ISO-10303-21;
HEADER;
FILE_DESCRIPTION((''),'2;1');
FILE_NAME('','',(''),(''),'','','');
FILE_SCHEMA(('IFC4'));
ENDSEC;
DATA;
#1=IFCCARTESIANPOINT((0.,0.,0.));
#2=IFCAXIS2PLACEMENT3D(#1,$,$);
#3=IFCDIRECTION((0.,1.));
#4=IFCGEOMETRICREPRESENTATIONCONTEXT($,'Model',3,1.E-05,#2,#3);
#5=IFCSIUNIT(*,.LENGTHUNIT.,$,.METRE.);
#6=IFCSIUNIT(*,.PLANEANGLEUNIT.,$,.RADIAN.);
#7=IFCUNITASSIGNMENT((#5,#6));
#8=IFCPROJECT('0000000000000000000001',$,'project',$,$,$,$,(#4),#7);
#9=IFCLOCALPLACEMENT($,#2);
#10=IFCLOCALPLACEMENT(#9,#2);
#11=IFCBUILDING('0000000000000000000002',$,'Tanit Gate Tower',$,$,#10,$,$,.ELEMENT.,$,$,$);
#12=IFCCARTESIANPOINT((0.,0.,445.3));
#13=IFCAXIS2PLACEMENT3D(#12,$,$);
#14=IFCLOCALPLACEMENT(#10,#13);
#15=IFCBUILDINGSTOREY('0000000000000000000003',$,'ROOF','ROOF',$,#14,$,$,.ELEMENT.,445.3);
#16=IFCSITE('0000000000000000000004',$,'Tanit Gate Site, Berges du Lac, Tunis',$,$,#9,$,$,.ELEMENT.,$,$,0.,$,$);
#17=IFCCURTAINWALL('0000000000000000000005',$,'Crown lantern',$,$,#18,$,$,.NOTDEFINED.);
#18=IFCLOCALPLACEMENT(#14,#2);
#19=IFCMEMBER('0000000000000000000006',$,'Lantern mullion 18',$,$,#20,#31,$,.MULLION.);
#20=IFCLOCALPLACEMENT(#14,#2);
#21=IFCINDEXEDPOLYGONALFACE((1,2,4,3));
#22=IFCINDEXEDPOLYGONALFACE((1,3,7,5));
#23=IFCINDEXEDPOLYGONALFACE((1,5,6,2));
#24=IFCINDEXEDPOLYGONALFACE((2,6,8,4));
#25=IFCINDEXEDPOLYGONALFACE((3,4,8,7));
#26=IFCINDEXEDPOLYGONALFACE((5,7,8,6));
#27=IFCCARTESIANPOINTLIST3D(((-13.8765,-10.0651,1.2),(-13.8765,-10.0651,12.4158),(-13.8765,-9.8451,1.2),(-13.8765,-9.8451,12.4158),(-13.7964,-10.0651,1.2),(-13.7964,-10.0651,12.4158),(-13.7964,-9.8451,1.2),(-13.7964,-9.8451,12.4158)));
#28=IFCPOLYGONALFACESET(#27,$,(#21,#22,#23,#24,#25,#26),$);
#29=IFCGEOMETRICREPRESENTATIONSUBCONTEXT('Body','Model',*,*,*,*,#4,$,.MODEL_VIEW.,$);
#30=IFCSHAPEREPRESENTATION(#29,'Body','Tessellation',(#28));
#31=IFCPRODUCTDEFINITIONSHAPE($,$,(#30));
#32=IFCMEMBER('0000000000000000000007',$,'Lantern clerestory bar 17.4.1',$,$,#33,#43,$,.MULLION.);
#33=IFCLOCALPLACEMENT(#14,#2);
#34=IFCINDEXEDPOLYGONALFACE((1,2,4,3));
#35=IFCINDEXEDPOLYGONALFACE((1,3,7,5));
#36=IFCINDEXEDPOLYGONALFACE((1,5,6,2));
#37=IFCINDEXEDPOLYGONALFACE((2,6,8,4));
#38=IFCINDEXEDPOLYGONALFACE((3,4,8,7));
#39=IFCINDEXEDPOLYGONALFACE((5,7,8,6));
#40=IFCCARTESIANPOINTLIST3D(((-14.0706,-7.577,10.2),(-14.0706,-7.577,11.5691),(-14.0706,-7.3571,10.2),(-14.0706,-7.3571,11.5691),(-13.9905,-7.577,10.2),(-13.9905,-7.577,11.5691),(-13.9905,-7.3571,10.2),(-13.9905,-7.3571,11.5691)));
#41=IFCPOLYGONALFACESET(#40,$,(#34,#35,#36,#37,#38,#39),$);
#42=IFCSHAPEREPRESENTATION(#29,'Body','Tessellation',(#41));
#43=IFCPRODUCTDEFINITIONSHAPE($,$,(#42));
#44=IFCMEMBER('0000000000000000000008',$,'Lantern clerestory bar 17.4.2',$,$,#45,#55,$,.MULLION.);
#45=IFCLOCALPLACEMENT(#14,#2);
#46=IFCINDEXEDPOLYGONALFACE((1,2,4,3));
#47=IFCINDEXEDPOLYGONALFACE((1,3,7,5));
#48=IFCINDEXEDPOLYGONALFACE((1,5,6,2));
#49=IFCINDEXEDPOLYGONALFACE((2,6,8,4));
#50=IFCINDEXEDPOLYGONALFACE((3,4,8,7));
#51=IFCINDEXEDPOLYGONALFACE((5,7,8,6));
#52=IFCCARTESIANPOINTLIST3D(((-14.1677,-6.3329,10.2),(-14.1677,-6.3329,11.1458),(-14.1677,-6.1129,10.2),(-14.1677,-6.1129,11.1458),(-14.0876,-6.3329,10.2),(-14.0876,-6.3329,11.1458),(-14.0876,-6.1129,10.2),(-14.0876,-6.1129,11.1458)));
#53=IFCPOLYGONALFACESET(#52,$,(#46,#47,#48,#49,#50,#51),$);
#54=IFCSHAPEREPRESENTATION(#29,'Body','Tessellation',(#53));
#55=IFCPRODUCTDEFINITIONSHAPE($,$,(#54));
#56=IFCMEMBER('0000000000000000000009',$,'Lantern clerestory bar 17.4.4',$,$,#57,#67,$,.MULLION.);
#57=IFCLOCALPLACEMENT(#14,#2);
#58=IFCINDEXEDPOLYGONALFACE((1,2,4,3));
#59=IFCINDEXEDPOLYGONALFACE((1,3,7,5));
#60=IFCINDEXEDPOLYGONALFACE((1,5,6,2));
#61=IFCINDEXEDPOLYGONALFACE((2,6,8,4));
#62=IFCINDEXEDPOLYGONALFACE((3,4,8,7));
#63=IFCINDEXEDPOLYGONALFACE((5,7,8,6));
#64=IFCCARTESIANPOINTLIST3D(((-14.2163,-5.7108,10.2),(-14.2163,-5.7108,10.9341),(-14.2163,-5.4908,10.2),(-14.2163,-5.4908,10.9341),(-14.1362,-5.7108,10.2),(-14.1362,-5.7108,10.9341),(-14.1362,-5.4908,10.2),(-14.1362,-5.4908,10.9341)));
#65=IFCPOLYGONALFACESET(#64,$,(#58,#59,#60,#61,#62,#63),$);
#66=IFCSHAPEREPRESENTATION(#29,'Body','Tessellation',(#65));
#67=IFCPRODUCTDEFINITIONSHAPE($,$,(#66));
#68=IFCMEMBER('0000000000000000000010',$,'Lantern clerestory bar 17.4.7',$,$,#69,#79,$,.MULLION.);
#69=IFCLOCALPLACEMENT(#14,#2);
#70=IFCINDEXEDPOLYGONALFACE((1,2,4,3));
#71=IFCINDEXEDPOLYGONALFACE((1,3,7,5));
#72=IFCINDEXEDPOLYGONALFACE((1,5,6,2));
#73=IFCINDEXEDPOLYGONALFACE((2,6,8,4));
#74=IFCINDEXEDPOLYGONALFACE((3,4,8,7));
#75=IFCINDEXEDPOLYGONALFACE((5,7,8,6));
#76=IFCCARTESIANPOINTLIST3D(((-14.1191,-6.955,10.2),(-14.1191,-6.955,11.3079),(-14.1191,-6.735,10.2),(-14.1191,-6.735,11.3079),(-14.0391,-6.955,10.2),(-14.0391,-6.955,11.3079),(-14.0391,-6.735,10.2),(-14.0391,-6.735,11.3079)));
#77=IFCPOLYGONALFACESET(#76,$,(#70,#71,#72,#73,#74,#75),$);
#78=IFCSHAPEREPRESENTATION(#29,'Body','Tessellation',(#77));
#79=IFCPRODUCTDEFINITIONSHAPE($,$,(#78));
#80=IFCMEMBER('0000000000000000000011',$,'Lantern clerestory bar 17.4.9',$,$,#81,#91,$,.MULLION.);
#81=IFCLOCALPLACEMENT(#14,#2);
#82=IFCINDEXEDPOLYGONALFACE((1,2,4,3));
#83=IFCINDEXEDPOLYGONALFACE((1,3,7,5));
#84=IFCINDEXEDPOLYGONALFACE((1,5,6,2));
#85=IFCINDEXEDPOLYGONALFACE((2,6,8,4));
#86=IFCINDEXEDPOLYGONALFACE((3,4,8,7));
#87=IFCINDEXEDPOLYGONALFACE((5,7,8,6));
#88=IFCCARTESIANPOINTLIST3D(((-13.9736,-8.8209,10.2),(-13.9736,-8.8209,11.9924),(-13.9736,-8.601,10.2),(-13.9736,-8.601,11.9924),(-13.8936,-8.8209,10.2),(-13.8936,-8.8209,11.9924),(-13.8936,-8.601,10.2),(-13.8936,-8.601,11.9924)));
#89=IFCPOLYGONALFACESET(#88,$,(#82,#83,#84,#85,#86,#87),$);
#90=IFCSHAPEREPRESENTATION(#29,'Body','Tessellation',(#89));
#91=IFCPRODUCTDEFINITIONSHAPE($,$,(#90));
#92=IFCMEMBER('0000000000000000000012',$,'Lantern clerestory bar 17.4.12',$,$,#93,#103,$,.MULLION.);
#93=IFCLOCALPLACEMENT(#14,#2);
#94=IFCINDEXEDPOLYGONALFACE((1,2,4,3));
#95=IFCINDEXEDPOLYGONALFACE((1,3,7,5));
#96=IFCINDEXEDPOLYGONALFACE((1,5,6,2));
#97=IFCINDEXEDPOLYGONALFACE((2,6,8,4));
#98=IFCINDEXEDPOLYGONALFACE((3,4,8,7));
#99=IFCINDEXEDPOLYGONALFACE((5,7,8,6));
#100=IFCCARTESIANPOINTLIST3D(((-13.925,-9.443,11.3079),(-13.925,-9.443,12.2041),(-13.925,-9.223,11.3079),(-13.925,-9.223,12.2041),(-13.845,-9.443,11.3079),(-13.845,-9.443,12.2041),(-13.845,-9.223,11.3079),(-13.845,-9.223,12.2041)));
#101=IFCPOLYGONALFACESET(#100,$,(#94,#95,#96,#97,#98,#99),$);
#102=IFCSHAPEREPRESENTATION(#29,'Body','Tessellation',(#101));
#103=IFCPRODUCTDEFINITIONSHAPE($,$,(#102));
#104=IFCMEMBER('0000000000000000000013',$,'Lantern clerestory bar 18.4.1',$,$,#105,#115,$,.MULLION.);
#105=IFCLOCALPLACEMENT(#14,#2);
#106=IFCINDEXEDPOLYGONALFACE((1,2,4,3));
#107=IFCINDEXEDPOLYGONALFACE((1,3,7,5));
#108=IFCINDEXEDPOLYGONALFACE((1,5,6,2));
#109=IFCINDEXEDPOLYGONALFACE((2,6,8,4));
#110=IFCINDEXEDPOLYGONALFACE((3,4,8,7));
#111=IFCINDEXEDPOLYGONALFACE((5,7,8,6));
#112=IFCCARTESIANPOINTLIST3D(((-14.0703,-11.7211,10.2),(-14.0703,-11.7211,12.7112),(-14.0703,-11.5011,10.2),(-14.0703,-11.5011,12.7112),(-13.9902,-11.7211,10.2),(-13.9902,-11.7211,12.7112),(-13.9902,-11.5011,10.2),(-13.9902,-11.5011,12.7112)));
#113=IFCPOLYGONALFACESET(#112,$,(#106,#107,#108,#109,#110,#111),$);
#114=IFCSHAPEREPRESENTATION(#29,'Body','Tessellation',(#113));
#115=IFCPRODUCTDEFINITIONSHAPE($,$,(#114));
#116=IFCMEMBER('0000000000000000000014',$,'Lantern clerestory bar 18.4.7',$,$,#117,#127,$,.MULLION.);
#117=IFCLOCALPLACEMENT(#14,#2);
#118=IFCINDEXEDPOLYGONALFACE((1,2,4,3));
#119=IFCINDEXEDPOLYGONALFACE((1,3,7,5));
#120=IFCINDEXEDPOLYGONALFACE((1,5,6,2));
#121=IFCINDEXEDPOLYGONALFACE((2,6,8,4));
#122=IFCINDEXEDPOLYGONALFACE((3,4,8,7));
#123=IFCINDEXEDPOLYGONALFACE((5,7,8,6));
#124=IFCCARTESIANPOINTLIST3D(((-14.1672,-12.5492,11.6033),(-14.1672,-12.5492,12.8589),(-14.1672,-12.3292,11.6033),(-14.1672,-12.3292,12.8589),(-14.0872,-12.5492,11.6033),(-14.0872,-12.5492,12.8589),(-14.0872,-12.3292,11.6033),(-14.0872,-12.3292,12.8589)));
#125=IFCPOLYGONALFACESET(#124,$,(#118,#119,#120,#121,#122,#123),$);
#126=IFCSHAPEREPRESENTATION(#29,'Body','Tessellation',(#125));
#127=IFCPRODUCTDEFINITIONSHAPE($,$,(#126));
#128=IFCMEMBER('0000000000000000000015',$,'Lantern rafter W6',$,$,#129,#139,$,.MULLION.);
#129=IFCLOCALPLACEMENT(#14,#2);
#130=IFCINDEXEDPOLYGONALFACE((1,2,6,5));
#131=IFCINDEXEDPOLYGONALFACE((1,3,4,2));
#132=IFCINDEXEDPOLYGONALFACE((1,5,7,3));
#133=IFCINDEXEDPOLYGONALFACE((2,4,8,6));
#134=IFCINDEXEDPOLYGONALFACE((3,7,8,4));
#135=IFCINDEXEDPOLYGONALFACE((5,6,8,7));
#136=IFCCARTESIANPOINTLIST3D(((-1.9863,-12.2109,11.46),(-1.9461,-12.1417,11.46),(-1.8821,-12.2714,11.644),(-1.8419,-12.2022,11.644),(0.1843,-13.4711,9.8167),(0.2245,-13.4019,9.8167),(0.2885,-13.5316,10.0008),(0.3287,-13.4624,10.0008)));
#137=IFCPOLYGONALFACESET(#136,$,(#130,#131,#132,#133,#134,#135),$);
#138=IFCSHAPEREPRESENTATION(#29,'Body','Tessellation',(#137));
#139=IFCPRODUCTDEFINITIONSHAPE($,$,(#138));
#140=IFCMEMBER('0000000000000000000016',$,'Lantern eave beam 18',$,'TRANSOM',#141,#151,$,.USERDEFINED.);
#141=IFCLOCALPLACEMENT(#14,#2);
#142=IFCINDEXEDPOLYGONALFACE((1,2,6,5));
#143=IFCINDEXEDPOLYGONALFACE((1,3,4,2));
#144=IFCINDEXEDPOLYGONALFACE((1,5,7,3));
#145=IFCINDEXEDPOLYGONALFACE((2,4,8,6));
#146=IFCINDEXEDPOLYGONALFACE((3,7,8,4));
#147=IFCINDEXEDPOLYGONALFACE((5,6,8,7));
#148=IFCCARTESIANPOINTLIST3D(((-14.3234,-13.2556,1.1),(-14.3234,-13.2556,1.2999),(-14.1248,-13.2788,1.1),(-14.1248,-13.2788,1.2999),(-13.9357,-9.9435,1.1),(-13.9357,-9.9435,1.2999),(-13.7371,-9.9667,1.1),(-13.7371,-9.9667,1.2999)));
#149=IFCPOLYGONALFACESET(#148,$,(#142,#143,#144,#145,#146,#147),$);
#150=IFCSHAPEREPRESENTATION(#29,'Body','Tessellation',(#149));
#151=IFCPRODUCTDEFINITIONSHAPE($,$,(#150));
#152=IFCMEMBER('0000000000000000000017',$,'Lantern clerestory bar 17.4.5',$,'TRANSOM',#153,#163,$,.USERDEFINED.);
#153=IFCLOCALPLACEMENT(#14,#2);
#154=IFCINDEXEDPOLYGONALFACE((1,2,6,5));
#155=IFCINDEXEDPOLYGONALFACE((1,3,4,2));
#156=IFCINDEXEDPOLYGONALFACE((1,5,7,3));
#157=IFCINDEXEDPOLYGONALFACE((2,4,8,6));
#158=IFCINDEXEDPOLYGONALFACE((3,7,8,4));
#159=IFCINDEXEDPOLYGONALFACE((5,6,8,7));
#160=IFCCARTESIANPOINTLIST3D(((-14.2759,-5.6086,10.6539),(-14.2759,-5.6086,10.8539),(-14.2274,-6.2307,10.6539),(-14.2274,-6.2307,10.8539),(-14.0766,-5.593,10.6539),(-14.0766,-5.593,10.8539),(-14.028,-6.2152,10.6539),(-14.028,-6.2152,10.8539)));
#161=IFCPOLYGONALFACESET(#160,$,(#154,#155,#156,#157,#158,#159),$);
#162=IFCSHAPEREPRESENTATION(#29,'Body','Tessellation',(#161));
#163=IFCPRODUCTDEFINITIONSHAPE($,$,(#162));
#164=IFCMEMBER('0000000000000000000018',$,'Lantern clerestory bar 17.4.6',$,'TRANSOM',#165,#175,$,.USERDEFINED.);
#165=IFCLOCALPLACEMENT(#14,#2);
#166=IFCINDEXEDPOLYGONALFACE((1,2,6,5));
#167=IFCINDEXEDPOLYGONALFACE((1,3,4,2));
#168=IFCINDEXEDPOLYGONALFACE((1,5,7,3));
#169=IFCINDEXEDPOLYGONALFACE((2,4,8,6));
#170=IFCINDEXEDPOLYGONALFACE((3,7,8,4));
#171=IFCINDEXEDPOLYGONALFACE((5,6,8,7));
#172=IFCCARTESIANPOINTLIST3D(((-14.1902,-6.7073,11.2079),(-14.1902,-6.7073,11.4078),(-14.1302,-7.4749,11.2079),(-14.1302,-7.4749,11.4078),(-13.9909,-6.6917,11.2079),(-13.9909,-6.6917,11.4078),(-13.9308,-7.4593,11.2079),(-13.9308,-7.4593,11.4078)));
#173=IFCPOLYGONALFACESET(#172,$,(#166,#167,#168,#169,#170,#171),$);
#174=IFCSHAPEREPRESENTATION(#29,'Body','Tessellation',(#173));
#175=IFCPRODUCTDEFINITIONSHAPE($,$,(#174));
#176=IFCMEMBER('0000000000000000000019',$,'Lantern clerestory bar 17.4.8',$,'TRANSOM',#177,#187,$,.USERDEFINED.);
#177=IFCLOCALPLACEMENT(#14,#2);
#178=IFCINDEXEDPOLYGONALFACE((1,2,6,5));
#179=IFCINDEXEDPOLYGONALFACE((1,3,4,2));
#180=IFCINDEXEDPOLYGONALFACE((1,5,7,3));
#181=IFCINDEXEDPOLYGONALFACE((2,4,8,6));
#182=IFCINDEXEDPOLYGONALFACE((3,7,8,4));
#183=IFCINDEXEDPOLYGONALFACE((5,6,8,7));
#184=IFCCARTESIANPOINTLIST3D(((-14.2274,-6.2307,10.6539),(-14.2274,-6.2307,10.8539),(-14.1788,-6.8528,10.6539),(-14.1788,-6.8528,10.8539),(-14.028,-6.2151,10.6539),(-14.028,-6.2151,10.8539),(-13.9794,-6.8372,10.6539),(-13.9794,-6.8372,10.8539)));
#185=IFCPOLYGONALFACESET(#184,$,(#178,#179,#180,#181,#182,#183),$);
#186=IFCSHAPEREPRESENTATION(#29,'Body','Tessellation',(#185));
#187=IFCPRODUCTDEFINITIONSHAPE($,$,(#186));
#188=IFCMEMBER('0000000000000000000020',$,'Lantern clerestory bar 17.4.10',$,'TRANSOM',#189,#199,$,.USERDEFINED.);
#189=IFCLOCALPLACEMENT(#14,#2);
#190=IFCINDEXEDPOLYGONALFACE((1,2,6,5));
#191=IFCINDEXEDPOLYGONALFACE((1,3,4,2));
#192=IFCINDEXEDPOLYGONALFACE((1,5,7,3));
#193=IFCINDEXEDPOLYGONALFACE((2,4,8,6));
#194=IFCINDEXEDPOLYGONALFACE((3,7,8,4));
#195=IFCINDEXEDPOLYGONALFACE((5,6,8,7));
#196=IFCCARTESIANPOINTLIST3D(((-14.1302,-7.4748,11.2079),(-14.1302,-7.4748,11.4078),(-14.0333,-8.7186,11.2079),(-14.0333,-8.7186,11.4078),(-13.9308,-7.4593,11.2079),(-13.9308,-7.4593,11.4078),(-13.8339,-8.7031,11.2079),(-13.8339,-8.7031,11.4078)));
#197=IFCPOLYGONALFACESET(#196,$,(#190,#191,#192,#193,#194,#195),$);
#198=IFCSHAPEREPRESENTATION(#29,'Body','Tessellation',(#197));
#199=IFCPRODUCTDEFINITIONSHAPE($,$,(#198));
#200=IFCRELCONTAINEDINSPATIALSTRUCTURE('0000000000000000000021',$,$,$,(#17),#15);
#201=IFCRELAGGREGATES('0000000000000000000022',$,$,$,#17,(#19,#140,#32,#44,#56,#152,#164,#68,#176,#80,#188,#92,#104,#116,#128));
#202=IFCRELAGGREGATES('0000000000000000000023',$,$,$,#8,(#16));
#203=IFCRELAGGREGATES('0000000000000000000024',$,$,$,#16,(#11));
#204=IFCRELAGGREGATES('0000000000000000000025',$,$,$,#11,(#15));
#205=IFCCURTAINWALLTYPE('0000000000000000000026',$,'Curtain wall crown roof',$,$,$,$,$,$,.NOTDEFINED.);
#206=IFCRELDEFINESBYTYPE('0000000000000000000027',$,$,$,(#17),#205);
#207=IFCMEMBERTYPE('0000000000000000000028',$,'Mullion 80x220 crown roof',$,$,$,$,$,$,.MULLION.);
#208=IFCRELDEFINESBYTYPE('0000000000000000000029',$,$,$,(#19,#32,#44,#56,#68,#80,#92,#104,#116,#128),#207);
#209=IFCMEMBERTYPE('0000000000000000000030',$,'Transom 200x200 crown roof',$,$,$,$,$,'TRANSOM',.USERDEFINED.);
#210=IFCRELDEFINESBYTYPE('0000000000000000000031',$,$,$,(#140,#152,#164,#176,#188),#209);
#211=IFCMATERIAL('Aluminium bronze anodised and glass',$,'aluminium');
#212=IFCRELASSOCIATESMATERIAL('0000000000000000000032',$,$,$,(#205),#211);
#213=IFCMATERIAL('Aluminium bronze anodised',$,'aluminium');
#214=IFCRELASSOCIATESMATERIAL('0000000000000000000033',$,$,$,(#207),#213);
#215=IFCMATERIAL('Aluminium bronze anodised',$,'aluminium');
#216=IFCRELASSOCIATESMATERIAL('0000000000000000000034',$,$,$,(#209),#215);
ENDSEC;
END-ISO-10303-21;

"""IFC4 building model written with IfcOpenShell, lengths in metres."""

from ifc_helpers import new_model, si_unit, direction, frame, origin, origin_2d, place, context, subcontext, project, spatial, rectangle, extrude, material, material_profile, profile_set, type_object, element, aggregate, save


model = new_model("IFC4")

# Units and contexts
model_context = context("Model", 3, precision=1e-05, world=origin(), true_north=direction((0.0, 1.0)))
body_context = subcontext(model_context, "Body", "Model", "MODEL_VIEW")
ifc_project = project(units=[si_unit("LENGTHUNIT", "METRE"), si_unit("PLANEANGLEUNIT", "RADIAN")], contexts=[model_context])

# Site, building, storey
site_placement = place(None, origin())
site = spatial("IfcSite", under=ifc_project, at=site_placement, Name="Tanit Gate Site, Berges du Lac, Tunis", CompositionType="ELEMENT", RefElevation=0.0)
building_placement = place(site_placement, origin())
building = spatial("IfcBuilding", under=site, at=building_placement, Name="Tanit Gate Tower", CompositionType="ELEMENT")
storey_placement = place(building_placement, frame((0.0, 0.0, 445.3)))
storey = spatial("IfcBuildingStorey", under=building, at=storey_placement, Name="ROOF", Description="ROOF", CompositionType="ELEMENT", Elevation=445.3)

# Curtain wall, members
ifc_material_1 = material(Name="Aluminium bronze anodised and glass", Category="aluminium")
curtain_wall_type = type_object("IfcCurtainWallType", Name="Curtain wall crown roof", PredefinedType="NOTDEFINED", material=ifc_material_1)
curtain_wall_placement = place(storey_placement, origin())
curtain_wall = element("IfcCurtainWall", 1, at=curtain_wall_placement, inside=storey, type_object=curtain_wall_type, Name="Crown lantern", PredefinedType="NOTDEFINED")
ifc_material_2 = material(Name="Aluminium bronze anodised", Category="aluminium")
ifc_material_profile_1 = material_profile(ifc_material_2, rectangle(XDim=0.0801, YDim=0.22, at=origin_2d()), Name="80x220 bronze rafter")
ifc_profile_set_1 = profile_set([ifc_material_profile_1], Name="Aluminium bronze anodised")
member_type_1 = type_object("IfcMemberType", Name="Mullion 80x220 crown roof", PredefinedType="MULLION", material=ifc_profile_set_1)
member_1_placement = place(storey_placement, frame((-13.8364, -9.9551, 1.2), z_axis=(0.0, 0.0, 1.0), x_axis=(1.0, 0.0, 0.0)))
member_1 = element("IfcMember", 2, at=member_1_placement, type_object=member_type_1, Name="Lantern mullion 18", PredefinedType="MULLION", context=body_context, shape_type="SweptSolid", body=[
    extrude(rectangle(XDim=0.0801, YDim=0.22, at=origin_2d()), origin(), (0.0, 0.0, 1.0), 11.2158),
])
member_2_placement = place(storey_placement, frame((-14.0305, -7.467, 10.2), z_axis=(0.0, 0.0, 1.0), x_axis=(1.0, 0.0, 0.0)))
member_2 = element("IfcMember", 3, at=member_2_placement, type_object=member_type_1, Name="Lantern clerestory bar 17.4.1", PredefinedType="MULLION", context=body_context, shape_type="SweptSolid", body=[
    extrude(rectangle(XDim=0.0801, YDim=0.22, at=origin_2d()), origin(), (0.0, 0.0, 1.0), 1.3691),
])
member_3_placement = place(storey_placement, frame((-14.1277, -6.2229, 10.2), z_axis=(0.0, 0.0, 1.0), x_axis=(1.0, 0.0, 0.0)))
member_3 = element("IfcMember", 4, at=member_3_placement, type_object=member_type_1, Name="Lantern clerestory bar 17.4.2", PredefinedType="MULLION", context=body_context, shape_type="SweptSolid", body=[
    extrude(rectangle(XDim=0.0801, YDim=0.22, at=origin_2d()), origin(), (0.0, 0.0, 1.0), 0.9458),
])
member_4_placement = place(storey_placement, frame((-14.1763, -5.6008, 10.2), z_axis=(0.0, 0.0, 1.0), x_axis=(1.0, 0.0, 0.0)))
member_4 = element("IfcMember", 5, at=member_4_placement, type_object=member_type_1, Name="Lantern clerestory bar 17.4.4", PredefinedType="MULLION", context=body_context, shape_type="SweptSolid", body=[
    extrude(rectangle(XDim=0.0801, YDim=0.22, at=origin_2d()), origin(), (0.0, 0.0, 1.0), 0.7341),
])
member_5_placement = place(storey_placement, frame((-14.0791, -6.845, 10.2), z_axis=(0.0, 0.0, 1.0), x_axis=(1.0, 0.0, 0.0)))
member_5 = element("IfcMember", 6, at=member_5_placement, type_object=member_type_1, Name="Lantern clerestory bar 17.4.7", PredefinedType="MULLION", context=body_context, shape_type="SweptSolid", body=[
    extrude(rectangle(XDim=0.0801, YDim=0.22, at=origin_2d()), origin(), (0.0, 0.0, 1.0), 1.1079),
])
member_6_placement = place(storey_placement, frame((-13.9336, -8.7109, 10.2), z_axis=(0.0, 0.0, 1.0), x_axis=(1.0, 0.0, 0.0)))
member_6 = element("IfcMember", 7, at=member_6_placement, type_object=member_type_1, Name="Lantern clerestory bar 17.4.9", PredefinedType="MULLION", context=body_context, shape_type="SweptSolid", body=[
    extrude(rectangle(XDim=0.0801, YDim=0.22, at=origin_2d()), origin(), (0.0, 0.0, 1.0), 1.7925),
])
member_7_placement = place(storey_placement, frame((-13.885, -9.333, 11.3079), z_axis=(0.0, 0.0, 1.0), x_axis=(1.0, 0.0, 0.0)))
member_7 = element("IfcMember", 8, at=member_7_placement, type_object=member_type_1, Name="Lantern clerestory bar 17.4.12", PredefinedType="MULLION", context=body_context, shape_type="SweptSolid", body=[
    extrude(rectangle(XDim=0.0801, YDim=0.22, at=origin_2d()), origin(), (0.0, 0.0, 1.0), 0.8962),
])
member_8_placement = place(storey_placement, frame((-14.0303, -11.6111, 10.2), z_axis=(0.0, 0.0, 1.0), x_axis=(1.0, 0.0, 0.0)))
member_8 = element("IfcMember", 9, at=member_8_placement, type_object=member_type_1, Name="Lantern clerestory bar 18.4.1", PredefinedType="MULLION", context=body_context, shape_type="SweptSolid", body=[
    extrude(rectangle(XDim=0.0801, YDim=0.22, at=origin_2d()), origin(), (0.0, 0.0, 1.0), 2.5112),
])
member_9_placement = place(storey_placement, frame((-14.1272, -12.4392, 11.6033), z_axis=(0.0, 0.0, 1.0), x_axis=(1.0, 0.0, 0.0)))
member_9 = element("IfcMember", 10, at=member_9_placement, type_object=member_type_1, Name="Lantern clerestory bar 18.4.7", PredefinedType="MULLION", context=body_context, shape_type="SweptSolid", body=[
    extrude(rectangle(XDim=0.0801, YDim=0.22, at=origin_2d()), origin(), (0.0, 0.0, 1.0), 1.2556),
])
member_10_placement = place(storey_placement, frame((-1.9141, -12.2065, 11.552), z_axis=(0.723533, -0.420074, -0.547757), x_axis=(0.502098, 0.864811, 0.0)))
member_10 = element("IfcMember", 11, at=member_10_placement, type_object=member_type_1, Name="Lantern rafter W6", PredefinedType="MULLION", context=body_context, shape_type="SweptSolid", body=[
    extrude(rectangle(XDim=0.0801, YDim=0.22, at=origin_2d()), origin(), (0.0, 0.0, 1.0), 3.0),
])
ifc_material_3 = material(Name="Aluminium bronze anodised", Category="aluminium")
ifc_material_profile_2 = material_profile(ifc_material_3, rectangle(XDim=0.2, YDim=0.2, at=origin_2d()), Name="200x200 bronze transom")
ifc_profile_set_2 = profile_set([ifc_material_profile_2], Name="Aluminium bronze anodised")
member_type_2 = type_object("IfcMemberType", Name="Transom 200x200 crown roof", ElementType="TRANSOM", PredefinedType="USERDEFINED", material=ifc_profile_set_2)
member_11_placement = place(storey_placement, frame((-13.8364, -9.9551, 1.2), z_axis=(-0.116264, -0.993218, 0.0), x_axis=(0.993218, -0.116264, 0.0)))
member_11 = element("IfcMember", 12, at=member_11_placement, type_object=member_type_2, Name="Lantern eave beam 18", ObjectType="TRANSOM", PredefinedType="USERDEFINED", context=body_context, shape_type="SweptSolid", body=[
    extrude(rectangle(XDim=0.2, YDim=0.2, at=origin_2d()), origin(), (0.0, 0.0, 1.0), 3.3347),
])
member_12_placement = place(storey_placement, frame((-14.1763, -5.6008, 10.7539), z_axis=(0.077863, -0.996964, 0.0), x_axis=(0.996964, 0.077863, 0.0)))
member_12 = element("IfcMember", 13, at=member_12_placement, type_object=member_type_2, Name="Lantern clerestory bar 17.4.5", ObjectType="TRANSOM", PredefinedType="USERDEFINED", context=body_context, shape_type="SweptSolid", body=[
    extrude(rectangle(XDim=0.2, YDim=0.2, at=origin_2d()), origin(), (0.0, 0.0, 1.0), 0.624),
])
member_13_placement = place(storey_placement, frame((-14.0906, -6.6995, 11.3079), z_axis=(0.078006, -0.996953, 0.0), x_axis=(0.996953, 0.078006, 0.0)))
member_13 = element("IfcMember", 14, at=member_13_placement, type_object=member_type_2, Name="Lantern clerestory bar 17.4.6", ObjectType="TRANSOM", PredefinedType="USERDEFINED", context=body_context, shape_type="SweptSolid", body=[
    extrude(rectangle(XDim=0.2, YDim=0.2, at=origin_2d()), origin(), (0.0, 0.0, 1.0), 0.77),
])
member_14_placement = place(storey_placement, frame((-14.1277, -6.2229, 10.7539), z_axis=(0.077863, -0.996964, 0.0), x_axis=(0.996964, 0.077863, 0.0)))
member_14 = element("IfcMember", 15, at=member_14_placement, type_object=member_type_2, Name="Lantern clerestory bar 17.4.8", ObjectType="TRANSOM", PredefinedType="USERDEFINED", context=body_context, shape_type="SweptSolid", body=[
    extrude(rectangle(XDim=0.2, YDim=0.2, at=origin_2d()), origin(), (0.0, 0.0, 1.0), 0.624),
])
member_15_placement = place(storey_placement, frame((-14.0305, -7.467, 11.3079), z_axis=(0.077684, -0.996978, 0.0), x_axis=(0.996978, 0.077684, 0.0)))
member_15 = element("IfcMember", 16, at=member_15_placement, type_object=member_type_2, Name="Lantern clerestory bar 17.4.10", ObjectType="TRANSOM", PredefinedType="USERDEFINED", context=body_context, shape_type="SweptSolid", body=[
    extrude(rectangle(XDim=0.2, YDim=0.2, at=origin_2d()), origin(), (0.0, 0.0, 1.0), 1.2476),
])
aggregate(curtain_wall, [member_1, member_11, member_2, member_3, member_4, member_12, member_13, member_5, member_14, member_6, member_15, member_7, member_8, member_9, member_10])

save(model, "model.ifc")
